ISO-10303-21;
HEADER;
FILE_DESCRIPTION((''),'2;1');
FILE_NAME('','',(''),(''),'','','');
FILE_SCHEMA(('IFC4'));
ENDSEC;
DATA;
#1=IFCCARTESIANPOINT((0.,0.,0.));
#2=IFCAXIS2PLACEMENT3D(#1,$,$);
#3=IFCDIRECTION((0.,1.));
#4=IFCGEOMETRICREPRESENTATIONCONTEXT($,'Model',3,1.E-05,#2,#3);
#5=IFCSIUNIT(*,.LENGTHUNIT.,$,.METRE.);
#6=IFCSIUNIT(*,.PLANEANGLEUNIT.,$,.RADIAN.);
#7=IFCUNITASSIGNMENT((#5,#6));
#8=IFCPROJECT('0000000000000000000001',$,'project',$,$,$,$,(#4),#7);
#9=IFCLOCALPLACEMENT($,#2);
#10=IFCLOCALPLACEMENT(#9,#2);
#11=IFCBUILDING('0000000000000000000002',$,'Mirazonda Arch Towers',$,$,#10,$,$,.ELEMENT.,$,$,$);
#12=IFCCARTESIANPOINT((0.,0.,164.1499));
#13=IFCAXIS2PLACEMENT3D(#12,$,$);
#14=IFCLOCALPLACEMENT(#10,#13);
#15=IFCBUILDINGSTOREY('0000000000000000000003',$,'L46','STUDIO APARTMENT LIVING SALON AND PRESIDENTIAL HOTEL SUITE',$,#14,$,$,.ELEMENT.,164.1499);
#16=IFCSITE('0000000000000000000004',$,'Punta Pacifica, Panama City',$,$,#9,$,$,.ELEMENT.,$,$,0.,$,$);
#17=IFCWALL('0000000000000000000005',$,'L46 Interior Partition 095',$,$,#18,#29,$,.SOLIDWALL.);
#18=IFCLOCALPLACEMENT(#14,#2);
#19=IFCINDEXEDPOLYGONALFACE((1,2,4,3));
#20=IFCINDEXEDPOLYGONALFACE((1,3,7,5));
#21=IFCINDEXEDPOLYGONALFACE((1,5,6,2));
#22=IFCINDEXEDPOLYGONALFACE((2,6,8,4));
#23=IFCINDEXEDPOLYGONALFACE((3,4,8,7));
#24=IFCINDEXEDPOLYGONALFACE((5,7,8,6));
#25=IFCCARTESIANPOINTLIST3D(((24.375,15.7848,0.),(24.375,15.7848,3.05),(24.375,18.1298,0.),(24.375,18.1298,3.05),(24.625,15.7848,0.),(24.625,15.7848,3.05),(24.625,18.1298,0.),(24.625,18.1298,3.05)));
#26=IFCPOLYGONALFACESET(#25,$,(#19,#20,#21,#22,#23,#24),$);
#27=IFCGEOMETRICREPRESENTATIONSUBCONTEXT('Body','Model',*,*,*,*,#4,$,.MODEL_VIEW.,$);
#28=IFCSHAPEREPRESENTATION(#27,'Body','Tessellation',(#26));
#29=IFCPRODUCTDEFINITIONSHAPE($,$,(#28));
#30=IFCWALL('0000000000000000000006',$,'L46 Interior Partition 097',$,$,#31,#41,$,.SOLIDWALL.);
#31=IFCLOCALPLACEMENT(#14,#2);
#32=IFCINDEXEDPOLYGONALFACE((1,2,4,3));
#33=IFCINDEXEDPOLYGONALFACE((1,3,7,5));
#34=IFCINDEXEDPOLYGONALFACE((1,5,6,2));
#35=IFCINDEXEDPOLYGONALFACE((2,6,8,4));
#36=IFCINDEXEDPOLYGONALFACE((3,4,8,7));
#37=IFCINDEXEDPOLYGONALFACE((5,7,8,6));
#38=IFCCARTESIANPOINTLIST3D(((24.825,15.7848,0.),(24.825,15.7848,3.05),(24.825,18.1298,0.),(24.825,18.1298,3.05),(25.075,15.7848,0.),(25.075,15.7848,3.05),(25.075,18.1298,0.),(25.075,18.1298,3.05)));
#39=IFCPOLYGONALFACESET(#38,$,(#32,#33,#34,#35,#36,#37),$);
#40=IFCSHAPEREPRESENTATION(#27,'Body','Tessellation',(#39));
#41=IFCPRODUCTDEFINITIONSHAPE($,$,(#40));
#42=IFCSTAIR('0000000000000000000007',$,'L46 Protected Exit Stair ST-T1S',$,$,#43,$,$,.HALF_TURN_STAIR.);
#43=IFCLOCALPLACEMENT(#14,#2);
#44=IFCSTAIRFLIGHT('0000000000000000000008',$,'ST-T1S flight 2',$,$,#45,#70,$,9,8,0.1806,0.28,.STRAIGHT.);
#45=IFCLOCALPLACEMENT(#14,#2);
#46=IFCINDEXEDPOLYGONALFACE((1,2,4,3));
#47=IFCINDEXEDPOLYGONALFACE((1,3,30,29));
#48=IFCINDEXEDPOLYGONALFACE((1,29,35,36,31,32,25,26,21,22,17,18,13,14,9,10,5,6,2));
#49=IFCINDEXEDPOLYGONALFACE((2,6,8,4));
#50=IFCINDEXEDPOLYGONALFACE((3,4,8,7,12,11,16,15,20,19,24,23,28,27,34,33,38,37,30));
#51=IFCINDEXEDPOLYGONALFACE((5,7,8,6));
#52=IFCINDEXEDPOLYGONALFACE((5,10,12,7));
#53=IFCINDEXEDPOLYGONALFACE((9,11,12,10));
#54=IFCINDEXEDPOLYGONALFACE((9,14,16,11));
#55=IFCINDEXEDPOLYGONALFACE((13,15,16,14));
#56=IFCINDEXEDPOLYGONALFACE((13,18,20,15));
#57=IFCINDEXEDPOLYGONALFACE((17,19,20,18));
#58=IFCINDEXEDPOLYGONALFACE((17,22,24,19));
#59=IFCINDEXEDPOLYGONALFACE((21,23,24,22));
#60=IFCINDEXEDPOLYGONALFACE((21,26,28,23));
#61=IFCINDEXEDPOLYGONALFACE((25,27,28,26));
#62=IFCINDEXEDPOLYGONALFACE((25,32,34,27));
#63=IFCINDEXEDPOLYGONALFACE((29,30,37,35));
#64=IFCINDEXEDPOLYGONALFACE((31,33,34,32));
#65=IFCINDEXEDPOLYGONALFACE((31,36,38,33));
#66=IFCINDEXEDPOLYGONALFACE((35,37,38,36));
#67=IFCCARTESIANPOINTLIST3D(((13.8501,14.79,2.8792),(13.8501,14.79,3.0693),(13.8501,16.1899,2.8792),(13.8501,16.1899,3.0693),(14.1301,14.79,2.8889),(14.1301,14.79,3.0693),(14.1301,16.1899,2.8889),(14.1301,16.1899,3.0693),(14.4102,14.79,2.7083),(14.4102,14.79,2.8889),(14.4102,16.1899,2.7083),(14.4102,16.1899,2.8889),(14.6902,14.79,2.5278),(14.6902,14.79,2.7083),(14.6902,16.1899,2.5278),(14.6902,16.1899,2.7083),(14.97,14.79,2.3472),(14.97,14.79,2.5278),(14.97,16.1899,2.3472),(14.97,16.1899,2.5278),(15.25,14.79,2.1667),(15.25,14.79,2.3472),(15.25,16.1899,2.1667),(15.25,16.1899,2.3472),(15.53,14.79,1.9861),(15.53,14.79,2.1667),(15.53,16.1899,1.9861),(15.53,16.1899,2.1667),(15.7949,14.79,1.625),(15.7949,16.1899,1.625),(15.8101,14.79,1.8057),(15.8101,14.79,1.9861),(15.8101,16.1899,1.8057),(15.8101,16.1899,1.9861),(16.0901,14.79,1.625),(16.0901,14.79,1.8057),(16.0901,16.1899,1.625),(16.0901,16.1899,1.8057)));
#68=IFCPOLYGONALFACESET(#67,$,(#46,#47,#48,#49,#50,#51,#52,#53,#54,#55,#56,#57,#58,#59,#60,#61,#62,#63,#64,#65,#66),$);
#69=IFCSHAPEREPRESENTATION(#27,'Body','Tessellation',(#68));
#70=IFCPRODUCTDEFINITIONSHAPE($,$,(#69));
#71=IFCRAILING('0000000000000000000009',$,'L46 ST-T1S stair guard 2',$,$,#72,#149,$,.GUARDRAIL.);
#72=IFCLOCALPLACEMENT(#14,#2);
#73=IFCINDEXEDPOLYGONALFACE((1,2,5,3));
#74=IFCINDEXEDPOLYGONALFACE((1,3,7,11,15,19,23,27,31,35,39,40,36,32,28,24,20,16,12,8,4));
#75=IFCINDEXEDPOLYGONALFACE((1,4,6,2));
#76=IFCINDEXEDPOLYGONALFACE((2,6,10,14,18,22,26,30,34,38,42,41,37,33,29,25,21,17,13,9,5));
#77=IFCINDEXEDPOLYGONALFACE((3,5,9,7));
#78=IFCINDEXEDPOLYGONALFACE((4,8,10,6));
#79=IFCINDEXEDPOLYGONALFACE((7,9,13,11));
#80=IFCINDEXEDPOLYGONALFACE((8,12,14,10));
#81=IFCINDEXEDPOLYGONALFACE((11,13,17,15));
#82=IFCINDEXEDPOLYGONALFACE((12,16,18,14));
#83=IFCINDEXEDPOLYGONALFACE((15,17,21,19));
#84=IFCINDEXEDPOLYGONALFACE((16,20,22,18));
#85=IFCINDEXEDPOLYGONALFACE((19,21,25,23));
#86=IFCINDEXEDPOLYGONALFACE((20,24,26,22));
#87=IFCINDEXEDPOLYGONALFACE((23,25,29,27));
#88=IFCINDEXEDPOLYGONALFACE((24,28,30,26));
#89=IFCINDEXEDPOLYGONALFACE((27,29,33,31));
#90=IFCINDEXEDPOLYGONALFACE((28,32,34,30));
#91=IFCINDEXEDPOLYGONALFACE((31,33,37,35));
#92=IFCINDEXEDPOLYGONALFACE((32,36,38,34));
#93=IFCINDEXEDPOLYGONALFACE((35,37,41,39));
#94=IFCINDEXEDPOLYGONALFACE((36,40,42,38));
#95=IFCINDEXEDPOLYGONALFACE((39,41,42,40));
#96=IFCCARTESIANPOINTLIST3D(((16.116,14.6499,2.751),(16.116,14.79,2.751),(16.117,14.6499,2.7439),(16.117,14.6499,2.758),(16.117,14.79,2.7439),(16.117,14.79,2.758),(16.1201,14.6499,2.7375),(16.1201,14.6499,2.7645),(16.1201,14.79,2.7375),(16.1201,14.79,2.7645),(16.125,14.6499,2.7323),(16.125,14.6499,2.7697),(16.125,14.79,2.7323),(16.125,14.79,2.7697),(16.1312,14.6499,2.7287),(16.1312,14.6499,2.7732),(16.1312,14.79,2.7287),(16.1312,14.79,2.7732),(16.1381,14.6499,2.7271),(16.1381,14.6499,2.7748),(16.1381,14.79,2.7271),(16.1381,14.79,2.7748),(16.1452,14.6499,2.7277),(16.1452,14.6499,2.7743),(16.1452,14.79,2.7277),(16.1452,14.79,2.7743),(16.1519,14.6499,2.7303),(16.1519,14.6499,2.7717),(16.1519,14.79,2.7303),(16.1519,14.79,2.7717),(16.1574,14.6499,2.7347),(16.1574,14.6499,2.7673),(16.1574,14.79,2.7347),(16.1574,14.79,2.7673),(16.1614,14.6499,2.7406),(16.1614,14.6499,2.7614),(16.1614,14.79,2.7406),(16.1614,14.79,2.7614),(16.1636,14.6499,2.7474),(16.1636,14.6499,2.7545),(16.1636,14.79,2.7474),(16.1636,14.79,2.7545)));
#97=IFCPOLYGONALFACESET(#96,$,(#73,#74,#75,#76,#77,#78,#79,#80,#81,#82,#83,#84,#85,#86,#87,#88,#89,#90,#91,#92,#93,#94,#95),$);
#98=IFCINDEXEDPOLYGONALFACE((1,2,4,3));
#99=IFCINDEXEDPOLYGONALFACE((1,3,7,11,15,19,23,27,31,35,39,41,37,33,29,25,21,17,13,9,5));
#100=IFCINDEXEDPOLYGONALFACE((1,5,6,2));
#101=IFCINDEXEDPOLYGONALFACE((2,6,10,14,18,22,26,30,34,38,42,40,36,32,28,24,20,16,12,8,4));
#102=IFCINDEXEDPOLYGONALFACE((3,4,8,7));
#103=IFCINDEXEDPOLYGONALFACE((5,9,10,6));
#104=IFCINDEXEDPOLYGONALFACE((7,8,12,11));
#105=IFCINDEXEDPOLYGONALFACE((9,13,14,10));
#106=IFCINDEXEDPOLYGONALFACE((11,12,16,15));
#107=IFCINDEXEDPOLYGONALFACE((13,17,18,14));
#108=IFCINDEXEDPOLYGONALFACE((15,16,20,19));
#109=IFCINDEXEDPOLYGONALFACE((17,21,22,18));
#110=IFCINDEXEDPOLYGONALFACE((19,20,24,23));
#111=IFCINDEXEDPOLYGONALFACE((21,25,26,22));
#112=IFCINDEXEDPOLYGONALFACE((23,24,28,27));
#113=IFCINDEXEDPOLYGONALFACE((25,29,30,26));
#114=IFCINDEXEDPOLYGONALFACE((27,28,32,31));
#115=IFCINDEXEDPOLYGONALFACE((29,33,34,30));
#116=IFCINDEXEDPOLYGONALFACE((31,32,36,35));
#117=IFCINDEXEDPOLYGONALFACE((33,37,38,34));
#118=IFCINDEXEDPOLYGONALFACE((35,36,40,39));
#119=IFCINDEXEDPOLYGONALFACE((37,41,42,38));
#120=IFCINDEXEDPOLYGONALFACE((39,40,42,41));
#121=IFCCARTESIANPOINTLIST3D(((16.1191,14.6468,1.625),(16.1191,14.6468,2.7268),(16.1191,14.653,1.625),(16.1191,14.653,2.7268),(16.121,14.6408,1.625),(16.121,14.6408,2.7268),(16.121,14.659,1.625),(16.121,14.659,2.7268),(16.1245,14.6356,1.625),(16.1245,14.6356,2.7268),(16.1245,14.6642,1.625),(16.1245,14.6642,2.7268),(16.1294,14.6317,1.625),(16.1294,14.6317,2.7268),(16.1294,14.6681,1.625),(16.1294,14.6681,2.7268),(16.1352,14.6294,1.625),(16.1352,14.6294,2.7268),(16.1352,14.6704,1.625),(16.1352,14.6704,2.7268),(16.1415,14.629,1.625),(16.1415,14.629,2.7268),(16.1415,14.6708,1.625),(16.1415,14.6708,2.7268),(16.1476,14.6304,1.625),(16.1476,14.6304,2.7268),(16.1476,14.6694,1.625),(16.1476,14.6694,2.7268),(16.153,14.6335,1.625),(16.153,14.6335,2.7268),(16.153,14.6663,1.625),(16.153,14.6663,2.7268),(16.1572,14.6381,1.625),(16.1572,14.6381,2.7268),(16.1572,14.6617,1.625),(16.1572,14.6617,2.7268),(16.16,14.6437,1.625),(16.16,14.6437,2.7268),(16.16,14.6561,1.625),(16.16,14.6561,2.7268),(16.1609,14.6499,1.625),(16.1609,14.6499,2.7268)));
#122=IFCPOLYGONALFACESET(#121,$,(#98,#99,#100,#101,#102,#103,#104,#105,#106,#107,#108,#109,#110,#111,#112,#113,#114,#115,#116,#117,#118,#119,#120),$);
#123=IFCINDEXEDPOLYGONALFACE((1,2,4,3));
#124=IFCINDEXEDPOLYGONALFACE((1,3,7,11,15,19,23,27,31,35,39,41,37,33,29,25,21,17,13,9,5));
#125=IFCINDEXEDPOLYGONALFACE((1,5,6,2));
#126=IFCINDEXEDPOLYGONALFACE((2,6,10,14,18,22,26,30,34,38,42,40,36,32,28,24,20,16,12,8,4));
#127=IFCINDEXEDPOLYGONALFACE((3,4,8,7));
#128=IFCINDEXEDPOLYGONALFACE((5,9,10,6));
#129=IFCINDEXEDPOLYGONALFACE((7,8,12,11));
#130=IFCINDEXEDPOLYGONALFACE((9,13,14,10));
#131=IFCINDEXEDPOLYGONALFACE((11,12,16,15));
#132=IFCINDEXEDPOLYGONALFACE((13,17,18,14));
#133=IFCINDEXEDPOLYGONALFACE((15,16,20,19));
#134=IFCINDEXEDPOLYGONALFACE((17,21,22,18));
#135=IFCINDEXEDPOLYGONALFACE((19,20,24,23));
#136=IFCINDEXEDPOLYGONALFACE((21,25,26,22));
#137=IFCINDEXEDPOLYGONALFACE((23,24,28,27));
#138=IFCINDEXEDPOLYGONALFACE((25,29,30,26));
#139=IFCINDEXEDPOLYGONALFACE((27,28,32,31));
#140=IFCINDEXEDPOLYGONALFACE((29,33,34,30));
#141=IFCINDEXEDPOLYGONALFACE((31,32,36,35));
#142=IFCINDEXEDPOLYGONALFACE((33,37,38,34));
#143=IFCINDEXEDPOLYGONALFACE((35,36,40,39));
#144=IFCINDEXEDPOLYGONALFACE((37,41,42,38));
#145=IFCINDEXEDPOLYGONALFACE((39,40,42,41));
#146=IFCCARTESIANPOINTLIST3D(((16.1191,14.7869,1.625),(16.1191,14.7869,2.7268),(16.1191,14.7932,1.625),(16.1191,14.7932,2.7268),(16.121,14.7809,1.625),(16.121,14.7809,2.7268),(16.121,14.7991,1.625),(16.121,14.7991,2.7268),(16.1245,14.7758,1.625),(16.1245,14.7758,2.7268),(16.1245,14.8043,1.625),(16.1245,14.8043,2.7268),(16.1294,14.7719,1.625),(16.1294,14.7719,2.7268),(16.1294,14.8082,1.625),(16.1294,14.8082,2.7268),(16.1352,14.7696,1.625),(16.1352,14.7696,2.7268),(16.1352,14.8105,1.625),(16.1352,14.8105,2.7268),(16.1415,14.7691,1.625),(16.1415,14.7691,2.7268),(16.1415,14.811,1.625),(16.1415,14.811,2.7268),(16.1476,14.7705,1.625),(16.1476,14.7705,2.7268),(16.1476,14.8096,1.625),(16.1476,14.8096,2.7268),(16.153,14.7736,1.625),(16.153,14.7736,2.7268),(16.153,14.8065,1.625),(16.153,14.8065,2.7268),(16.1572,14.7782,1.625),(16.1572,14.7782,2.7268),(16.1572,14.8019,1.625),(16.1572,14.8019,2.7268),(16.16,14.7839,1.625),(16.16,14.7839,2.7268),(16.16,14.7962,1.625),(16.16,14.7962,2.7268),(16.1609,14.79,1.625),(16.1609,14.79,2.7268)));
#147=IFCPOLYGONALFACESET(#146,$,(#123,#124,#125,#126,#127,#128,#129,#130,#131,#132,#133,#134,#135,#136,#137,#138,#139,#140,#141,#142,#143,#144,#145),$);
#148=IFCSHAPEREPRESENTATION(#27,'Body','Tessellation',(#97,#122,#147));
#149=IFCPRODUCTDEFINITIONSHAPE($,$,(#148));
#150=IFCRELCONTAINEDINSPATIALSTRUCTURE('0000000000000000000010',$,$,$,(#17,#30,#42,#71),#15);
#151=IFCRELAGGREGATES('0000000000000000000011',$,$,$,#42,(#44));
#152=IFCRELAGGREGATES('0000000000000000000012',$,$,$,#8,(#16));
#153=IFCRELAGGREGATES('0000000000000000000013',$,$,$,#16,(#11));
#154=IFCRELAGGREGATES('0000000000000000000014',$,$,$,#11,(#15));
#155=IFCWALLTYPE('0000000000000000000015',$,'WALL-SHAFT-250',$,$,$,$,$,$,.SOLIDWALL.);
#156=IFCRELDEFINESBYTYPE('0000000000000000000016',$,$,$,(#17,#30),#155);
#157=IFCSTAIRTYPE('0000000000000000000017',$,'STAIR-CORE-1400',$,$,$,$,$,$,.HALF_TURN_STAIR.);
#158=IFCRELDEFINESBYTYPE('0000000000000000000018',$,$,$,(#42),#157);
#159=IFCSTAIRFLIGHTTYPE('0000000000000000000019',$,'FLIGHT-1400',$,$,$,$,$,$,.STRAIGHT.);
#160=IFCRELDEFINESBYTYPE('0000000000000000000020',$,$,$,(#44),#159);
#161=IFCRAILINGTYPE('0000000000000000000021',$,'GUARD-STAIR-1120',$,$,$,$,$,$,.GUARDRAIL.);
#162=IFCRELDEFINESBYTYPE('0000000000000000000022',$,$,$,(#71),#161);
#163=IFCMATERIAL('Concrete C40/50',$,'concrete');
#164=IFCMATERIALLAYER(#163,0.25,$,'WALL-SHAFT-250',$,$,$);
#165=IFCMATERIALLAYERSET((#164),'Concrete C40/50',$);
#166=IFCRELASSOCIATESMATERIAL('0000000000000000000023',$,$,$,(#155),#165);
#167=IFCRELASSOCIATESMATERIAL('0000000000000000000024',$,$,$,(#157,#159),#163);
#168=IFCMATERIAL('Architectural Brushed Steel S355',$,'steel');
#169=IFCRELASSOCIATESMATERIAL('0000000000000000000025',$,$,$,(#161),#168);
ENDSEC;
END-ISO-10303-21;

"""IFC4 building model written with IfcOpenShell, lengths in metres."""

from ifc_helpers import new_model, si_unit, direction, frame, frame_2d, origin, origin_2d, place, context, subcontext, project, spatial, polyline, rectangle, circle, outline, extrude, material, layer, layer_set, type_object, element, aggregate, save


model = new_model("IFC4")

# Units and contexts
model_context = context("Model", 3, precision=1e-05, world=origin(), true_north=direction((0.0, 1.0)))
body_context = subcontext(model_context, "Body", "Model", "MODEL_VIEW")
ifc_project = project(units=[si_unit("LENGTHUNIT", "METRE"), si_unit("PLANEANGLEUNIT", "RADIAN")], contexts=[model_context])

# Site, building, storey
site_placement = place(None, origin())
site = spatial("IfcSite", under=ifc_project, at=site_placement, Name="Punta Pacifica, Panama City", CompositionType="ELEMENT", RefElevation=0.0)
building_placement = place(site_placement, origin())
building = spatial("IfcBuilding", under=site, at=building_placement, Name="Mirazonda Arch Towers", CompositionType="ELEMENT")
storey_placement = place(building_placement, frame((0.0, 0.0, 164.1499)))
storey = spatial("IfcBuildingStorey", under=building, at=storey_placement, Name="L46", Description="STUDIO APARTMENT LIVING SALON AND PRESIDENTIAL HOTEL SUITE", CompositionType="ELEMENT", Elevation=164.1499)

# Walls
ifc_material_1 = material(Name="Concrete C40/50", Category="concrete")
ifc_layer_1 = layer(ifc_material_1, 0.25, Name="WALL-SHAFT-250")
ifc_layer_set_1 = layer_set([ifc_layer_1], Name="Concrete C40/50")
wall_type_1 = type_object("IfcWallType", Name="WALL-SHAFT-250", PredefinedType="SOLIDWALL", material=ifc_layer_set_1)
for number, where, z_axis, x_axis, name in (
    (1, (24.5, 15.7849, 0.0), (0.0, 0.0, 1.0), (0.0, 1.0, 0.0), "L46 Interior Partition 095"),
    (2, (24.95, 15.7849, 0.0), (0.0, 0.0, 1.0), (0.0, 1.0, 0.0), "L46 Interior Partition 097"),
):
    element("IfcWall", number, at=place(storey_placement, frame(where, z_axis=z_axis, x_axis=x_axis)), inside=storey, type_object=wall_type_1, Name=name, PredefinedType="SOLIDWALL", context=body_context, shape_type="SweptSolid", body=[
        extrude(rectangle(XDim=2.345, YDim=0.25, at=frame_2d((1.1724, 0.0))), origin(), (0.0, 0.0, 1.0), 3.05),
    ])

# Stair, stair flight
stair_type = type_object("IfcStairType", Name="STAIR-CORE-1400", PredefinedType="HALF_TURN_STAIR", material=ifc_material_1)
stair_placement = place(storey_placement, origin())
stair = element("IfcStair", 3, at=stair_placement, inside=storey, type_object=stair_type, Name="L46 Protected Exit Stair ST-T1S", PredefinedType="HALF_TURN_STAIR")
stair_flight_type = type_object("IfcStairFlightType", Name="FLIGHT-1400", PredefinedType="STRAIGHT", material=ifc_material_1)
stair_flight_placement = place(storey_placement, frame((16.0901, 15.49, 1.625), z_axis=(0.0, 0.0, 1.0), x_axis=(-1.0, 0.0, 0.0)))
stair_flight = element("IfcStairFlight", 4, at=stair_flight_placement, type_object=stair_flight_type, Name="ST-T1S flight 2", NumberOfRisers=9, NumberOfTreads=8, PredefinedType="STRAIGHT", RiserHeight=0.1806, TreadLength=0.28, context=body_context, shape_type="SweptSolid", body=[
    extrude(outline(polyline([(0.0, 0.0), (0.0, 0.1807), (0.28, 0.1807), (0.28, 0.3611), (0.5601, 0.3611), (0.5601, 0.5417), (0.8401, 0.5417), (0.8401, 0.7222), (1.1201, 0.7222), (1.1201, 0.9028), (1.3999, 0.9028), (1.3999, 1.0833), (1.6799, 1.0833), (1.6799, 1.2639), (1.96, 1.2639), (1.96, 1.4443), (2.24, 1.4443), (2.24, 1.625), (2.24, 1.2542), (0.2952, 0.0), (0.0, 0.0)])), frame((0.0, 0.7, 0.0), z_axis=(0.0, -1.0, 0.0), x_axis=(1.0, 0.0, 0.0)), (0.0, 0.0, 1.0), 1.3999),
])
aggregate(stair, [stair_flight])

# Railing
ifc_material_2 = material(Name="Architectural Brushed Steel S355", Category="steel")
railing_type_1 = type_object("IfcRailingType", Name="GUARD-STAIR-1120", PredefinedType="GUARDRAIL", material=ifc_material_2)
railing_1_placement = place(storey_placement, frame((16.1399, 14.6499, 1.625)))
element("IfcRailing", 5, at=railing_1_placement, inside=storey, type_object=railing_type_1, Name="L46 ST-T1S stair guard 2", PredefinedType="GUARDRAIL", context=body_context, shape_type="SweptSolid", body=[
    extrude(circle(Radius=0.0239, at=origin_2d()), frame((0.0, 0.0, 1.126), z_axis=(0.0, 1.0, 0.0), x_axis=(-1.0, 0.0, 0.0)), (0.0, 0.0, 1.0), 0.1401),
    extrude(circle(Radius=0.021, at=origin_2d()), origin(), (0.0, 0.0, 1.0), 1.1018),
    extrude(circle(Radius=0.021, at=origin_2d()), frame((0.0, 0.1401, 0.0)), (0.0, 0.0, 1.0), 1.1018),
])

save(model, "model.ifc")
